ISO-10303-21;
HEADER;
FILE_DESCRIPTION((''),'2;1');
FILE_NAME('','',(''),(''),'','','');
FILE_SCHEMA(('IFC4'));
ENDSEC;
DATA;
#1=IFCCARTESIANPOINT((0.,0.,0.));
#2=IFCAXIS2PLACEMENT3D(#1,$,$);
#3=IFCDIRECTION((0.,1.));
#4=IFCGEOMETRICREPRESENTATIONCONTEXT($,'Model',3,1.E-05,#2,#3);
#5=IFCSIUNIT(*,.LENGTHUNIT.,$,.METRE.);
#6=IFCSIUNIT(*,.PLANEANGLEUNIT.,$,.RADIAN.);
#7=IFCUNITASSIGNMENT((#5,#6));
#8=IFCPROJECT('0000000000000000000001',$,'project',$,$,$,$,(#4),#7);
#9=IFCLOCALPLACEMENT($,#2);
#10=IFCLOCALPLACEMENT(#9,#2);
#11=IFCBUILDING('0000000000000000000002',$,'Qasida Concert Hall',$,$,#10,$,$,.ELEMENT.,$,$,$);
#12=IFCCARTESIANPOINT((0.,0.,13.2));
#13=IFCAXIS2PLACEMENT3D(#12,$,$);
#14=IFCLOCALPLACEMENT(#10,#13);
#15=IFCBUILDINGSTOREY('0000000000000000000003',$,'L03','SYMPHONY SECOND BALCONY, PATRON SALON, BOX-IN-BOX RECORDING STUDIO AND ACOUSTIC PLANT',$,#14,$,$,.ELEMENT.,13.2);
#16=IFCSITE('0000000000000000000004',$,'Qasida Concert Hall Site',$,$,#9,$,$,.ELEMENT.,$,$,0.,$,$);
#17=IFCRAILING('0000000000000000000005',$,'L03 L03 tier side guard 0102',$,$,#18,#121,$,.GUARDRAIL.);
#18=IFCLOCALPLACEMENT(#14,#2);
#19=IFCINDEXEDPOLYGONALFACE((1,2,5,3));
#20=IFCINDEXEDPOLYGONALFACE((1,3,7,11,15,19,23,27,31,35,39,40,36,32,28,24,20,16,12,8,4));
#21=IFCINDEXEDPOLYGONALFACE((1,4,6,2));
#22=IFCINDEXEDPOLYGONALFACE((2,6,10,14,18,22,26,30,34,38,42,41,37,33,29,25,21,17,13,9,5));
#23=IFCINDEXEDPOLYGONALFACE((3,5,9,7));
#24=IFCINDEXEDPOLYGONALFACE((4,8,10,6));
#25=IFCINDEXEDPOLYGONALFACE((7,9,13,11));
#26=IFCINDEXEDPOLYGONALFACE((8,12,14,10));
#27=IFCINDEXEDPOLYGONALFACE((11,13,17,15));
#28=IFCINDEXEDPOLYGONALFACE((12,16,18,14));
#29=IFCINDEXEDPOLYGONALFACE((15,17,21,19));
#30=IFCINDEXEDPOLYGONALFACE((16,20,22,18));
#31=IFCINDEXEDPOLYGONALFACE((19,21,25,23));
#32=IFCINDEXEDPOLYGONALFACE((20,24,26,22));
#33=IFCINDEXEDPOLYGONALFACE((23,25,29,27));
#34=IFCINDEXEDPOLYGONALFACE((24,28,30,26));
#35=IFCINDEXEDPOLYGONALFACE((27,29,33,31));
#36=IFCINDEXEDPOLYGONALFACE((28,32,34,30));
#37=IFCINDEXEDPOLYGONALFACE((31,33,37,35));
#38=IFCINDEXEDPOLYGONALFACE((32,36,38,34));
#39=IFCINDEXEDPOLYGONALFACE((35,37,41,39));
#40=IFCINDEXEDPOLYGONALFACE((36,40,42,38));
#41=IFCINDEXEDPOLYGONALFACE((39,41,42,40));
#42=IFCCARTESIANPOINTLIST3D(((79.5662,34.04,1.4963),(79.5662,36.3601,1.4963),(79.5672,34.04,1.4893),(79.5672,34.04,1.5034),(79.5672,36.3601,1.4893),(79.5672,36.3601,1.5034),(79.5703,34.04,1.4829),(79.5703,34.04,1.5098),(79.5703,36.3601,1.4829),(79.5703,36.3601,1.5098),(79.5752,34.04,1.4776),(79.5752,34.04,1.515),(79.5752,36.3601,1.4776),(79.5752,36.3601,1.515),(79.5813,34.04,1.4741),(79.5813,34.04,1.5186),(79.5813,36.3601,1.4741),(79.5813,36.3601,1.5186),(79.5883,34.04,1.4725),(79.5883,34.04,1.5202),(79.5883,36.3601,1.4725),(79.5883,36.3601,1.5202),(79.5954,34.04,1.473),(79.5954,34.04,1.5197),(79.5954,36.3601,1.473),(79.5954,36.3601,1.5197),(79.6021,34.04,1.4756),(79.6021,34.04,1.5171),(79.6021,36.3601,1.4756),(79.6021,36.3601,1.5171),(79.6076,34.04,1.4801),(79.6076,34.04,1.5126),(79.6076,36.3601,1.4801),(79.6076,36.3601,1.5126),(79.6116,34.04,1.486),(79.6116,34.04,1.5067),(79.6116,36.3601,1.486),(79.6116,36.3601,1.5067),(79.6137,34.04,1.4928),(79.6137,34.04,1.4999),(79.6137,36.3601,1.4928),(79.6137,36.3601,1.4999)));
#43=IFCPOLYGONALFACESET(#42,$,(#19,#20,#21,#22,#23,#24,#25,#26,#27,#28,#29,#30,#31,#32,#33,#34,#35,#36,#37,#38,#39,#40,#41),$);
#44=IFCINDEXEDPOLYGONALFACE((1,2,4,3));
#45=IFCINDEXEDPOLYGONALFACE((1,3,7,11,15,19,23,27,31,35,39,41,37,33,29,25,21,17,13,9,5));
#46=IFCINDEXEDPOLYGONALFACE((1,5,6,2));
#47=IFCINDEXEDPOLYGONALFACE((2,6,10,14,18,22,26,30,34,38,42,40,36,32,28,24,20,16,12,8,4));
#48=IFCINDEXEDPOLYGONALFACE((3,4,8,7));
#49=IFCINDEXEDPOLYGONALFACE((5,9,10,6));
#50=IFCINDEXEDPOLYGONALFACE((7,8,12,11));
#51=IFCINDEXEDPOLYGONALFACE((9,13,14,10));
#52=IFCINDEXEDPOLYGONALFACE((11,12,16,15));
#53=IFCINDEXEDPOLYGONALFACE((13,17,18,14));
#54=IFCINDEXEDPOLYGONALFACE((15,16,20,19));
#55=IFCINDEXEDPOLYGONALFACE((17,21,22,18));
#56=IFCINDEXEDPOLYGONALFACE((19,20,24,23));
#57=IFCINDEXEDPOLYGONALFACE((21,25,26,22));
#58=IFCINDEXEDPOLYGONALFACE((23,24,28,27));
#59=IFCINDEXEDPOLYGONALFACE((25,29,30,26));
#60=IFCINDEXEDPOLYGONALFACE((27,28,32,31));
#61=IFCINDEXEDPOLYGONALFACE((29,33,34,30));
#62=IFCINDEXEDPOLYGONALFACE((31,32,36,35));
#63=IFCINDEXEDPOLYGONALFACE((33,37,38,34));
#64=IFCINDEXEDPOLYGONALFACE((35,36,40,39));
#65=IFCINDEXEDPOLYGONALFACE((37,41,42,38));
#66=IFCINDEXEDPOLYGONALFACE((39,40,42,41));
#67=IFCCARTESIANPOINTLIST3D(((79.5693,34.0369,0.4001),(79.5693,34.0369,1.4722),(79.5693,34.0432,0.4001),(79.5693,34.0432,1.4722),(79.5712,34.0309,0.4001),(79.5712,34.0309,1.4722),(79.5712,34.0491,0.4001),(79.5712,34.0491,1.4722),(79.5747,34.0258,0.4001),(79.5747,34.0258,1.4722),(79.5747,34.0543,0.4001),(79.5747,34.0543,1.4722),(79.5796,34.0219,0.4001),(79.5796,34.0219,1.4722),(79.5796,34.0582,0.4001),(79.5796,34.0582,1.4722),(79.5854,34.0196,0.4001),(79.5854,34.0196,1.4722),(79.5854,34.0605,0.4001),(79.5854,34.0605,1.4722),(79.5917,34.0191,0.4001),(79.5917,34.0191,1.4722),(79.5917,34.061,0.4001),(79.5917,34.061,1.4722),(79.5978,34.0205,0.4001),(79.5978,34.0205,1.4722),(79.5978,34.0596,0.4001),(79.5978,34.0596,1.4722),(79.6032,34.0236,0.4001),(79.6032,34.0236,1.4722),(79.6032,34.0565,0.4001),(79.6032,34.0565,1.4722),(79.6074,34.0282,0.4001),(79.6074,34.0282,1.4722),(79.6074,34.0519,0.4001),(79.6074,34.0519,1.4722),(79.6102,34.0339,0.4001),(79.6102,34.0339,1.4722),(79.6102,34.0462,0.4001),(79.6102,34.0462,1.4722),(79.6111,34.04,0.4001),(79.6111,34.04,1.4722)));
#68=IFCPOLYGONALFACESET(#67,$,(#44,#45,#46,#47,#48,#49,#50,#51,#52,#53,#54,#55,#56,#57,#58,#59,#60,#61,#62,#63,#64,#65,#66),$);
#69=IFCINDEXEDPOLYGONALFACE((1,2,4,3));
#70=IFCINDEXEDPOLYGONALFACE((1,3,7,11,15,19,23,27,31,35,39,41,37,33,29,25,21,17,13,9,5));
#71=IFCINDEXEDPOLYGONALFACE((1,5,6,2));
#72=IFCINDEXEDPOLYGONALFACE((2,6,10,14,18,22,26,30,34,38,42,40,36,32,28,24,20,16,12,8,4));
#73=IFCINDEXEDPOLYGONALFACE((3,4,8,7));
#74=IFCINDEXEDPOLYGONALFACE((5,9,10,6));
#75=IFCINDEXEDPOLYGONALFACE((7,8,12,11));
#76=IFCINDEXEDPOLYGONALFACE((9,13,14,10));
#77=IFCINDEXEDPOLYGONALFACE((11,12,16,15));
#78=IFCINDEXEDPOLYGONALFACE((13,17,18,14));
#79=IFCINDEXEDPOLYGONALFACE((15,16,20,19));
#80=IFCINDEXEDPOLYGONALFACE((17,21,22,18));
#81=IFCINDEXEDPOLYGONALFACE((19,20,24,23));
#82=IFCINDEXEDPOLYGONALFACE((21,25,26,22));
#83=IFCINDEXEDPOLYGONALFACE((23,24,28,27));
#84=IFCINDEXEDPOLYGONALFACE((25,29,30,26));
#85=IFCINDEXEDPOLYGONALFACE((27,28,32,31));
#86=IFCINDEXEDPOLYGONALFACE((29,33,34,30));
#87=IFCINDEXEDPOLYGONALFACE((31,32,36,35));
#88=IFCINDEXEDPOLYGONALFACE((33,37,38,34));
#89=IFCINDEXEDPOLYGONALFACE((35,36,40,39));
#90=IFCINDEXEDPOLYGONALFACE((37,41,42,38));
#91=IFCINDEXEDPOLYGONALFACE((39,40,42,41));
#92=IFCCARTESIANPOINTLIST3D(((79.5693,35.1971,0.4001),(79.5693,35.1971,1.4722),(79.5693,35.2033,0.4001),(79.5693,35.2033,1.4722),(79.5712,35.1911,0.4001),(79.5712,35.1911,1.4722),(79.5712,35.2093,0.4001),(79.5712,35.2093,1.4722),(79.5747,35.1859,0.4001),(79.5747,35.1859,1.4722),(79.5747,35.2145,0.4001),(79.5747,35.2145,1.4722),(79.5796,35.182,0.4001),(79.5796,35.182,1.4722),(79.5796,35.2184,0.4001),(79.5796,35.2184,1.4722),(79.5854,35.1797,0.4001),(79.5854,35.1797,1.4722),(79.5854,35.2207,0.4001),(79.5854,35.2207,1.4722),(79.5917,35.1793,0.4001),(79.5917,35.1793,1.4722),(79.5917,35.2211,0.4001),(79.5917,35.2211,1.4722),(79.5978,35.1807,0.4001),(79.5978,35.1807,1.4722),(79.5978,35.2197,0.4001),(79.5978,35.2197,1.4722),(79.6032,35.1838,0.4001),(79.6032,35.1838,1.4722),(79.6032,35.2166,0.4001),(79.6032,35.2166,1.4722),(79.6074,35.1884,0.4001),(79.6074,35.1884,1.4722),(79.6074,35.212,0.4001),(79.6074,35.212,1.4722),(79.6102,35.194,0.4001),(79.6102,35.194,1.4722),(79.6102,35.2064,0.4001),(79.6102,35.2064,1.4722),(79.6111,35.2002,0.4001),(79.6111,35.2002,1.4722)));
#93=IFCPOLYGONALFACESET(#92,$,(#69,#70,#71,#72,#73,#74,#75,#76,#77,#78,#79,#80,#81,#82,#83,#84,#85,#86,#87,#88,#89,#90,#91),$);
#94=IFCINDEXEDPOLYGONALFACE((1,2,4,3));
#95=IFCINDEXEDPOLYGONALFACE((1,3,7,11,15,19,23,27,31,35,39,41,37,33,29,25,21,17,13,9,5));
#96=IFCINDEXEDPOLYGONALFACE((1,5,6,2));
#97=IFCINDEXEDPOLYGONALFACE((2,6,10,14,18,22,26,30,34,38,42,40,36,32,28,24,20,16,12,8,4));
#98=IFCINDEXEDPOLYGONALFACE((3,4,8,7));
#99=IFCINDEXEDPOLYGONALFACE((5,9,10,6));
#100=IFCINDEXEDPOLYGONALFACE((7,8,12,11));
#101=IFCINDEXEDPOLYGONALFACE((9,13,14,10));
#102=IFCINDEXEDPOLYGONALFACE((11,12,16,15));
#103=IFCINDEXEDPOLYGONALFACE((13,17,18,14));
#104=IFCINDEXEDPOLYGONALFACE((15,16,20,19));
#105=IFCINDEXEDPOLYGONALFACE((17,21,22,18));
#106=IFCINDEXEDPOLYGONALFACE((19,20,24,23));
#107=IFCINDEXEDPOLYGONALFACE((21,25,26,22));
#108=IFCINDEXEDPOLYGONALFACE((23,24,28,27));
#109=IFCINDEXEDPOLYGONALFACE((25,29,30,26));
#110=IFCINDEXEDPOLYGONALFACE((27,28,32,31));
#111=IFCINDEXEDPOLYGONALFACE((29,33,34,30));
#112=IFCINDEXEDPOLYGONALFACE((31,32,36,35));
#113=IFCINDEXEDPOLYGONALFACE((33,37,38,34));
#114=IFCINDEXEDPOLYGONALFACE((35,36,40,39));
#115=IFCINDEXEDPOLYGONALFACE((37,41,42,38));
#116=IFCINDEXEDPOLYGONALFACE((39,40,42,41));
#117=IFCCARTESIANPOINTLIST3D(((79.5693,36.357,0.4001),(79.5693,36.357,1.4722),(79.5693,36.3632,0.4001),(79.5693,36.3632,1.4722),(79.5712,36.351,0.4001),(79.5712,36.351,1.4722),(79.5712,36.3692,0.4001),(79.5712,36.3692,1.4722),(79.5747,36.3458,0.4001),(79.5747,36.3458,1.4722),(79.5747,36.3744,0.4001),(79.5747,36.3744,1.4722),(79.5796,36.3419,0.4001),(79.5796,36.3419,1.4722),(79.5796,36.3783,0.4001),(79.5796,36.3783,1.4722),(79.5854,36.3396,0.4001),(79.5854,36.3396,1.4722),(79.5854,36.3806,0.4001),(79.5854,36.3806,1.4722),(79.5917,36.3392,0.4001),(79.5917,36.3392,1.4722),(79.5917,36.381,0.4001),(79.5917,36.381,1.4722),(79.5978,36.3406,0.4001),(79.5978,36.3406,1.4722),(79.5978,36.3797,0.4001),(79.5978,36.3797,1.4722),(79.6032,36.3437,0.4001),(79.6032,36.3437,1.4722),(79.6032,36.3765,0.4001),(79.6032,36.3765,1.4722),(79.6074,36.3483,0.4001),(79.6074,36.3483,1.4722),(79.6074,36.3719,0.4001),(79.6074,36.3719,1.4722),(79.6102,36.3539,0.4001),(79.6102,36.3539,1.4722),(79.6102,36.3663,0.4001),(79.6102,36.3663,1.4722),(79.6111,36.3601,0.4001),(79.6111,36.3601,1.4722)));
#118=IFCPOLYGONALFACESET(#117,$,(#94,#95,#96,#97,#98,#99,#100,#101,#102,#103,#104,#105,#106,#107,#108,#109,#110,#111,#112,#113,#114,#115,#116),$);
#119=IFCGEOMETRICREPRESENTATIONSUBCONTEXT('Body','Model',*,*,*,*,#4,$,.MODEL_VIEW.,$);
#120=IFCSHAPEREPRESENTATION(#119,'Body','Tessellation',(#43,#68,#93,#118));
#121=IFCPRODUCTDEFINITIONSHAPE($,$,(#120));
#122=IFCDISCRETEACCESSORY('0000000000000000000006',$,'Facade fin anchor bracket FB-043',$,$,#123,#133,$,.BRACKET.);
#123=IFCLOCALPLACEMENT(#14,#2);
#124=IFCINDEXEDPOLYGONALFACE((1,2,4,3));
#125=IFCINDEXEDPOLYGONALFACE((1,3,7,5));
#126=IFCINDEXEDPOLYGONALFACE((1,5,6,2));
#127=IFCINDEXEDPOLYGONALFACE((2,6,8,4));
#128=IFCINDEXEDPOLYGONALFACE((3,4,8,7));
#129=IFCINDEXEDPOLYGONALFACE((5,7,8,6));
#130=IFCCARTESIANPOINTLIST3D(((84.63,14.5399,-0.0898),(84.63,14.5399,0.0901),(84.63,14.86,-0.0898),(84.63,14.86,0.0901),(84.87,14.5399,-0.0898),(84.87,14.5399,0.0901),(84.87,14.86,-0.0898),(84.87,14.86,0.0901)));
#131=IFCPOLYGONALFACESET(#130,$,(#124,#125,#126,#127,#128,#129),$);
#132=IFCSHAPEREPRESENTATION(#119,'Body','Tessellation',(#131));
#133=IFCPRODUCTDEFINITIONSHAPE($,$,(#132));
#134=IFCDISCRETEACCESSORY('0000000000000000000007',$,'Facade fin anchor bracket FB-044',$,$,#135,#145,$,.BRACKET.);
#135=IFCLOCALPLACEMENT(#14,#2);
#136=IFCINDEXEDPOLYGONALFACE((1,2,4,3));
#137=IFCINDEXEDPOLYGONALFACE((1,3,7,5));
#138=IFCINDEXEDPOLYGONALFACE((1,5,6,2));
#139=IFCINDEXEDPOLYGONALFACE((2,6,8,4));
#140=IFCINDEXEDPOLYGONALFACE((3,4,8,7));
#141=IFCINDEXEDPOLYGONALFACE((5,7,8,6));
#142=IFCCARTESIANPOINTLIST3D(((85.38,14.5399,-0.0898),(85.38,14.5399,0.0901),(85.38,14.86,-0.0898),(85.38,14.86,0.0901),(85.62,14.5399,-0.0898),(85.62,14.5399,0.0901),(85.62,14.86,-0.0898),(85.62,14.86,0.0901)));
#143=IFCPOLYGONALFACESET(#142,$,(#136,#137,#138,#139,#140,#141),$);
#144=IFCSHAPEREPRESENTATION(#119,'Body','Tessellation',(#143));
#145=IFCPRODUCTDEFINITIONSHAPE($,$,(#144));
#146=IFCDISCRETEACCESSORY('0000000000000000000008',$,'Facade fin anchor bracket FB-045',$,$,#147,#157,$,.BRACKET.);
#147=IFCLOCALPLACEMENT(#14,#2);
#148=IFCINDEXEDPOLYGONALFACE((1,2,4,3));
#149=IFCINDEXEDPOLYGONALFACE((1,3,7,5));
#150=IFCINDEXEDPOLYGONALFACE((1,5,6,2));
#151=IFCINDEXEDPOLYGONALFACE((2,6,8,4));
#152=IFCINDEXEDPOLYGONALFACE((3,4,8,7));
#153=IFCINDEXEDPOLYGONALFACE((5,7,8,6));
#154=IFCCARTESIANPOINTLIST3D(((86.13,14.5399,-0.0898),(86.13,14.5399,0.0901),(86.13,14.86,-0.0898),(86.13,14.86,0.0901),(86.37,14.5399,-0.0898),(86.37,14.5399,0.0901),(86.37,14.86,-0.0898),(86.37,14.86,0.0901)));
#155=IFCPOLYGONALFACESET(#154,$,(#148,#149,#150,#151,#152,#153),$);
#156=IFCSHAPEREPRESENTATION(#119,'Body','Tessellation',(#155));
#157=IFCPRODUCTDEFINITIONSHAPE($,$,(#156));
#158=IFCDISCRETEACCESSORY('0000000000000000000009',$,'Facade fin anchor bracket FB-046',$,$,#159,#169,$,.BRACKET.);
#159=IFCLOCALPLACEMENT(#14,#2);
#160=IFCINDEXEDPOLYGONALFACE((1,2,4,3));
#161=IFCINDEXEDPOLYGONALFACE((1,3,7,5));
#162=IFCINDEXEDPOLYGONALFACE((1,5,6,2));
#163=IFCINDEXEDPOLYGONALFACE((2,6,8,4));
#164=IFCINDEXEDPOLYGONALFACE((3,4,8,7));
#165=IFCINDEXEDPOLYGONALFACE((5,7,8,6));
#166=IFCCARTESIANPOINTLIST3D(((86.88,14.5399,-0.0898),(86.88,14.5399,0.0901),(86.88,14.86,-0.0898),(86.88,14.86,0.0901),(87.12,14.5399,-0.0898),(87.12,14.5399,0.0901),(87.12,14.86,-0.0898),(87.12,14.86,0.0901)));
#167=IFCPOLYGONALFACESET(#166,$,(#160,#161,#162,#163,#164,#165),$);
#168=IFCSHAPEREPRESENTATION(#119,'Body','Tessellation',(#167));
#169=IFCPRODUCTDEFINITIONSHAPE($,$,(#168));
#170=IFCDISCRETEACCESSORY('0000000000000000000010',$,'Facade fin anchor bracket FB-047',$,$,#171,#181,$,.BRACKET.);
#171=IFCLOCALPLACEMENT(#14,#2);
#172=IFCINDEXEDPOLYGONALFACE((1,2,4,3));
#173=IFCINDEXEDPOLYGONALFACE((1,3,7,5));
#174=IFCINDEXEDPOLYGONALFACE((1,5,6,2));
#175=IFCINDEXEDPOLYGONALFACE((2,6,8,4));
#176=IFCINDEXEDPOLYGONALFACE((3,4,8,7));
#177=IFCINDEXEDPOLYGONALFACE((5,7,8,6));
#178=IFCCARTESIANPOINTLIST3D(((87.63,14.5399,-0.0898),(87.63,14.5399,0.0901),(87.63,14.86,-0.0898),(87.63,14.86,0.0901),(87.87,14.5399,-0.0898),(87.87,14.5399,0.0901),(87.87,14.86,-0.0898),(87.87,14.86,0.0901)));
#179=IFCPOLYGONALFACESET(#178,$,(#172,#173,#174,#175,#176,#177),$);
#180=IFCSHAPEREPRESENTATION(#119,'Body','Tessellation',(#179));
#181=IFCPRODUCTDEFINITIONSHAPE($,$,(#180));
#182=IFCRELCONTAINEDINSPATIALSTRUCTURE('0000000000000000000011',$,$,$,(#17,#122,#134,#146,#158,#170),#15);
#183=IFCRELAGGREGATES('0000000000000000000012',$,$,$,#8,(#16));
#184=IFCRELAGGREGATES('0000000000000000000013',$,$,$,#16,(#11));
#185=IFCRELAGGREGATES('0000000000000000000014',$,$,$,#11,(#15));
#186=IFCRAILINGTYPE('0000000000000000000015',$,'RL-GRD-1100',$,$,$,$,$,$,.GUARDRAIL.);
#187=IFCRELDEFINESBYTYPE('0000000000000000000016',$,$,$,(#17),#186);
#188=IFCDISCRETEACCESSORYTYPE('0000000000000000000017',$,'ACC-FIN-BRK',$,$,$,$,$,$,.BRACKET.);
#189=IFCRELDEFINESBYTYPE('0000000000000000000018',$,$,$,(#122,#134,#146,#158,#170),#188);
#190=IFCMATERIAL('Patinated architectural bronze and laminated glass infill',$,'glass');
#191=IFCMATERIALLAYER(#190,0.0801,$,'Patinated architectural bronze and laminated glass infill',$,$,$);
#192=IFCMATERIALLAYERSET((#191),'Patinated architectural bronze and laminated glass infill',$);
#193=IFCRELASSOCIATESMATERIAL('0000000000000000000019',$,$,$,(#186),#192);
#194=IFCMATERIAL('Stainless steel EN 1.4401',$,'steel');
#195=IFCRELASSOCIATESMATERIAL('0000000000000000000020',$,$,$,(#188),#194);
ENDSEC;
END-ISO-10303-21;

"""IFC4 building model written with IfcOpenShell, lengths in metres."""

from ifc_helpers import new_model, si_unit, direction, frame, origin, origin_2d, place, context, subcontext, project, spatial, rectangle, circle, extrude, material, layer, layer_set, type_object, element, save


model = new_model("IFC4")

# Units and contexts
model_context = context("Model", 3, precision=1e-05, world=origin(), true_north=direction((0.0, 1.0)))
body_context = subcontext(model_context, "Body", "Model", "MODEL_VIEW")
ifc_project = project(units=[si_unit("LENGTHUNIT", "METRE"), si_unit("PLANEANGLEUNIT", "RADIAN")], contexts=[model_context])

# Site, building, storey
site_placement = place(None, origin())
site = spatial("IfcSite", under=ifc_project, at=site_placement, Name="Qasida Concert Hall Site", CompositionType="ELEMENT", RefElevation=0.0)
building_placement = place(site_placement, origin())
building = spatial("IfcBuilding", under=site, at=building_placement, Name="Qasida Concert Hall", CompositionType="ELEMENT")
storey_placement = place(building_placement, frame((0.0, 0.0, 13.2)))
storey = spatial("IfcBuildingStorey", under=building, at=storey_placement, Name="L03", Description="SYMPHONY SECOND BALCONY, PATRON SALON, BOX-IN-BOX RECORDING STUDIO AND ACOUSTIC PLANT", CompositionType="ELEMENT", Elevation=13.2)

# Railing
ifc_material_1 = material(Name="Patinated architectural bronze and laminated glass infill", Category="glass")
ifc_layer_1 = layer(ifc_material_1, 0.0801, Name="Patinated architectural bronze and laminated glass infill")
ifc_layer_set_1 = layer_set([ifc_layer_1], Name="Patinated architectural bronze and laminated glass infill")
railing_type = type_object("IfcRailingType", Name="RL-GRD-1100", PredefinedType="GUARDRAIL", material=ifc_layer_set_1)
for number, where, name in (
    (1, (79.5901, 34.04, 0.4001), "L03 L03 tier side guard 0102"),
):
    element("IfcRailing", number, at=place(storey_placement, frame(where)), inside=storey, type_object=railing_type, Name=name, PredefinedType="GUARDRAIL", context=body_context, shape_type="SweptSolid", body=[
        extrude(circle(Radius=0.0239, at=origin_2d()), frame((0.0, 0.0, 1.0962), z_axis=(0.0, 1.0, 0.0), x_axis=(-1.0, 0.0, 0.0)), (0.0, 0.0, 1.0), 2.3201),
        extrude(circle(Radius=0.021, at=origin_2d()), origin(), (0.0, 0.0, 1.0), 1.072),
        extrude(circle(Radius=0.021, at=origin_2d()), frame((0.0, 1.1602, 0.0)), (0.0, 0.0, 1.0), 1.072),
        extrude(circle(Radius=0.021, at=origin_2d()), frame((0.0, 2.3201, 0.0)), (0.0, 0.0, 1.0), 1.072),
    ])

# Discrete accessories
ifc_material_2 = material(Name="Stainless steel EN 1.4401", Category="steel")
discrete_accessory_type = type_object("IfcDiscreteAccessoryType", Name="ACC-FIN-BRK", PredefinedType="BRACKET", material=ifc_material_2)
for number, where, z_axis, x_axis, name in (
    (2, (84.75, 14.7, -0.0898), (0.0, 0.0, 1.0), (1.0, 0.0, 0.0), "Facade fin anchor bracket FB-043"),
    (3, (85.5, 14.7, -0.0898), (0.0, 0.0, 1.0), (1.0, 0.0, 0.0), "Facade fin anchor bracket FB-044"),
    (4, (86.25, 14.7, -0.0898), (0.0, 0.0, 1.0), (1.0, 0.0, 0.0), "Facade fin anchor bracket FB-045"),
    (5, (87.0, 14.7, -0.0898), (0.0, 0.0, 1.0), (1.0, 0.0, 0.0), "Facade fin anchor bracket FB-046"),
    (6, (87.75, 14.7, -0.0898), (0.0, 0.0, 1.0), (1.0, 0.0, 0.0), "Facade fin anchor bracket FB-047"),
):
    element("IfcDiscreteAccessory", number, at=place(storey_placement, frame(where, z_axis=z_axis, x_axis=x_axis)), inside=storey, type_object=discrete_accessory_type, Name=name, PredefinedType="BRACKET", context=body_context, shape_type="SweptSolid", body=[
        extrude(rectangle(XDim=0.24, YDim=0.3201, at=origin_2d()), origin(), (0.0, 0.0, 1.0), 0.1799),
    ])

save(model, "model.ifc")
